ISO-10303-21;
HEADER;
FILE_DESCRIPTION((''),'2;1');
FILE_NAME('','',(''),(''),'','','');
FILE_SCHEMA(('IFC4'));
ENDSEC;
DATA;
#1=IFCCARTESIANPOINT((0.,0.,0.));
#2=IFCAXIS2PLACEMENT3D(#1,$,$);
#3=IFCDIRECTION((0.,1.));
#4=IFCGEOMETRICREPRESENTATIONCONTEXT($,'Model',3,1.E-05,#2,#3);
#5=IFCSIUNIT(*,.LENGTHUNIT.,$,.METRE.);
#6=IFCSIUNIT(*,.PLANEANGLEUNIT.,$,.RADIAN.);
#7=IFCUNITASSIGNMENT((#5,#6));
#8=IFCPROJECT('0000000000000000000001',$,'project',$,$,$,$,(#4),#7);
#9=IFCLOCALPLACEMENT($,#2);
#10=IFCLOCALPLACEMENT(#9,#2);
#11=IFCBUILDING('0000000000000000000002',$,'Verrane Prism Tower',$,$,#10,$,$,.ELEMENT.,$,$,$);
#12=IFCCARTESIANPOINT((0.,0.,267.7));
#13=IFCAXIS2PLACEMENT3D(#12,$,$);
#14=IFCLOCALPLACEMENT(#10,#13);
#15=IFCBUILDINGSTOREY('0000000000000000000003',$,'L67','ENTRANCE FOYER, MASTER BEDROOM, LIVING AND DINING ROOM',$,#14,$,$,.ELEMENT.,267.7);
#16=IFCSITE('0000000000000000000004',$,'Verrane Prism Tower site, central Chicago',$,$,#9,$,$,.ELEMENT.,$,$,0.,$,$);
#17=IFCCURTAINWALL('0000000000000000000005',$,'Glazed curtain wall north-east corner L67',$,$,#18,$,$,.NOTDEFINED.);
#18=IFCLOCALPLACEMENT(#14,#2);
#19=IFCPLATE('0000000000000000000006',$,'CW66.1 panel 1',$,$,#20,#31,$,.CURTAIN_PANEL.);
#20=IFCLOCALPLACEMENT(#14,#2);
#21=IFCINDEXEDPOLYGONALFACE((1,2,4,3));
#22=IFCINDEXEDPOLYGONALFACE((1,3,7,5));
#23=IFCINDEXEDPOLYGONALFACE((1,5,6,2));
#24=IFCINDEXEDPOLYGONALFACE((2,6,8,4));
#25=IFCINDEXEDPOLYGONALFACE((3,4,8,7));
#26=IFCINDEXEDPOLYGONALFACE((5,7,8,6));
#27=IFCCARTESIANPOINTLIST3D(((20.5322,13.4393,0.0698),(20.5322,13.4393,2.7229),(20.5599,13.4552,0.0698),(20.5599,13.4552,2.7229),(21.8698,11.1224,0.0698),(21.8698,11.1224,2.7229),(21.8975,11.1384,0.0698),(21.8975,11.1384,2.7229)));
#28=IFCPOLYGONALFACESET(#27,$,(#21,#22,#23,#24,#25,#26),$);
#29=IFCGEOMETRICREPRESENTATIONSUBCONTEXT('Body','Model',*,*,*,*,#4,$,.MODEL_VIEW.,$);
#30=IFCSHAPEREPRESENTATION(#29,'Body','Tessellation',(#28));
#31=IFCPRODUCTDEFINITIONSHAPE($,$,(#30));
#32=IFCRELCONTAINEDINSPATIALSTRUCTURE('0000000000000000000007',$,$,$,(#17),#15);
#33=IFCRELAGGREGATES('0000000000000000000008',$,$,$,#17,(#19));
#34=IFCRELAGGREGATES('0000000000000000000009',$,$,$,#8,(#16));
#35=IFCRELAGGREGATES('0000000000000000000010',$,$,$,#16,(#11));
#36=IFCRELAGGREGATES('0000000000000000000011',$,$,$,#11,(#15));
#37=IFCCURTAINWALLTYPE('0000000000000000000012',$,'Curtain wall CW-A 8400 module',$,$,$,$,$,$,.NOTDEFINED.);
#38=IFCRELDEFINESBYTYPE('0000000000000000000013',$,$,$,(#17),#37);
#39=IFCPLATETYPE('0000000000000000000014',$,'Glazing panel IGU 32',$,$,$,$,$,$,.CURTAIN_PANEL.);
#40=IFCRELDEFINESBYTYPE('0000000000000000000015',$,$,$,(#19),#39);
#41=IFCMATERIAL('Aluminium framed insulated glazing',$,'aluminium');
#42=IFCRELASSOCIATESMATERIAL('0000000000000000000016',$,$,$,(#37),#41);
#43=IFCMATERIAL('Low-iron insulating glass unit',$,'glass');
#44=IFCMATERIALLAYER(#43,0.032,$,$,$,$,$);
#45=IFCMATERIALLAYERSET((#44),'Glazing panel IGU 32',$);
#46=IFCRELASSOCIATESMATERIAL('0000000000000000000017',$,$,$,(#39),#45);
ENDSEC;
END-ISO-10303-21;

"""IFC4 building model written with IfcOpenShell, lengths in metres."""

from ifc_helpers import new_model, si_unit, direction, frame, origin, origin_2d, place, context, subcontext, project, spatial, rectangle, extrude, material, layer, layer_set, type_object, element, aggregate, save


model = new_model("IFC4")

# Units and contexts
model_context = context("Model", 3, precision=1e-05, world=origin(), true_north=direction((0.0, 1.0)))
body_context = subcontext(model_context, "Body", "Model", "MODEL_VIEW")
ifc_project = project(units=[si_unit("LENGTHUNIT", "METRE"), si_unit("PLANEANGLEUNIT", "RADIAN")], contexts=[model_context])

# Site, building, storey
site_placement = place(None, origin())
site = spatial("IfcSite", under=ifc_project, at=site_placement, Name="Verrane Prism Tower site, central Chicago", CompositionType="ELEMENT", RefElevation=0.0)
building_placement = place(site_placement, origin())
building = spatial("IfcBuilding", under=site, at=building_placement, Name="Verrane Prism Tower", CompositionType="ELEMENT")
storey_placement = place(building_placement, frame((0.0, 0.0, 267.7)))
storey = spatial("IfcBuildingStorey", under=building, at=storey_placement, Name="L67", Description="ENTRANCE FOYER, MASTER BEDROOM, LIVING AND DINING ROOM", CompositionType="ELEMENT", Elevation=267.7)

# Curtain wall
ifc_material_1 = material(Name="Aluminium framed insulated glazing", Category="aluminium")
curtain_wall_type_1 = type_object("IfcCurtainWallType", Name="Curtain wall CW-A 8400 module", PredefinedType="NOTDEFINED", material=ifc_material_1)
curtain_wall_1_placement = place(storey_placement, origin())
curtain_wall_1 = element("IfcCurtainWall", 1, at=curtain_wall_1_placement, inside=storey, type_object=curtain_wall_type_1, Name="Glazed curtain wall north-east corner L67", PredefinedType="NOTDEFINED")

# Plate
ifc_material_2 = material(Name="Low-iron insulating glass unit", Category="glass")
ifc_layer_1 = layer(ifc_material_2, 0.032)
ifc_layer_set_1 = layer_set([ifc_layer_1], Name="Glazing panel IGU 32")
plate_type_1 = type_object("IfcPlateType", Name="Glazing panel IGU 32", PredefinedType="CURTAIN_PANEL", material=ifc_layer_set_1)
plate_1_placement = place(storey_placement, frame((21.2148, 12.2888, 0.0698), z_axis=(0.0, 0.0, 1.0), x_axis=(-0.500002, 0.866024, 0.0)))
plate_1 = element("IfcPlate", 2, at=plate_1_placement, type_object=plate_type_1, Name="CW66.1 panel 1", PredefinedType="CURTAIN_PANEL", context=body_context, shape_type="SweptSolid", body=[
    extrude(rectangle(XDim=2.6753, YDim=0.032, at=origin_2d()), origin(), (0.0, 0.0, 1.0), 2.6531),
])
aggregate(curtain_wall_1, [plate_1])

save(model, "model.ifc")
